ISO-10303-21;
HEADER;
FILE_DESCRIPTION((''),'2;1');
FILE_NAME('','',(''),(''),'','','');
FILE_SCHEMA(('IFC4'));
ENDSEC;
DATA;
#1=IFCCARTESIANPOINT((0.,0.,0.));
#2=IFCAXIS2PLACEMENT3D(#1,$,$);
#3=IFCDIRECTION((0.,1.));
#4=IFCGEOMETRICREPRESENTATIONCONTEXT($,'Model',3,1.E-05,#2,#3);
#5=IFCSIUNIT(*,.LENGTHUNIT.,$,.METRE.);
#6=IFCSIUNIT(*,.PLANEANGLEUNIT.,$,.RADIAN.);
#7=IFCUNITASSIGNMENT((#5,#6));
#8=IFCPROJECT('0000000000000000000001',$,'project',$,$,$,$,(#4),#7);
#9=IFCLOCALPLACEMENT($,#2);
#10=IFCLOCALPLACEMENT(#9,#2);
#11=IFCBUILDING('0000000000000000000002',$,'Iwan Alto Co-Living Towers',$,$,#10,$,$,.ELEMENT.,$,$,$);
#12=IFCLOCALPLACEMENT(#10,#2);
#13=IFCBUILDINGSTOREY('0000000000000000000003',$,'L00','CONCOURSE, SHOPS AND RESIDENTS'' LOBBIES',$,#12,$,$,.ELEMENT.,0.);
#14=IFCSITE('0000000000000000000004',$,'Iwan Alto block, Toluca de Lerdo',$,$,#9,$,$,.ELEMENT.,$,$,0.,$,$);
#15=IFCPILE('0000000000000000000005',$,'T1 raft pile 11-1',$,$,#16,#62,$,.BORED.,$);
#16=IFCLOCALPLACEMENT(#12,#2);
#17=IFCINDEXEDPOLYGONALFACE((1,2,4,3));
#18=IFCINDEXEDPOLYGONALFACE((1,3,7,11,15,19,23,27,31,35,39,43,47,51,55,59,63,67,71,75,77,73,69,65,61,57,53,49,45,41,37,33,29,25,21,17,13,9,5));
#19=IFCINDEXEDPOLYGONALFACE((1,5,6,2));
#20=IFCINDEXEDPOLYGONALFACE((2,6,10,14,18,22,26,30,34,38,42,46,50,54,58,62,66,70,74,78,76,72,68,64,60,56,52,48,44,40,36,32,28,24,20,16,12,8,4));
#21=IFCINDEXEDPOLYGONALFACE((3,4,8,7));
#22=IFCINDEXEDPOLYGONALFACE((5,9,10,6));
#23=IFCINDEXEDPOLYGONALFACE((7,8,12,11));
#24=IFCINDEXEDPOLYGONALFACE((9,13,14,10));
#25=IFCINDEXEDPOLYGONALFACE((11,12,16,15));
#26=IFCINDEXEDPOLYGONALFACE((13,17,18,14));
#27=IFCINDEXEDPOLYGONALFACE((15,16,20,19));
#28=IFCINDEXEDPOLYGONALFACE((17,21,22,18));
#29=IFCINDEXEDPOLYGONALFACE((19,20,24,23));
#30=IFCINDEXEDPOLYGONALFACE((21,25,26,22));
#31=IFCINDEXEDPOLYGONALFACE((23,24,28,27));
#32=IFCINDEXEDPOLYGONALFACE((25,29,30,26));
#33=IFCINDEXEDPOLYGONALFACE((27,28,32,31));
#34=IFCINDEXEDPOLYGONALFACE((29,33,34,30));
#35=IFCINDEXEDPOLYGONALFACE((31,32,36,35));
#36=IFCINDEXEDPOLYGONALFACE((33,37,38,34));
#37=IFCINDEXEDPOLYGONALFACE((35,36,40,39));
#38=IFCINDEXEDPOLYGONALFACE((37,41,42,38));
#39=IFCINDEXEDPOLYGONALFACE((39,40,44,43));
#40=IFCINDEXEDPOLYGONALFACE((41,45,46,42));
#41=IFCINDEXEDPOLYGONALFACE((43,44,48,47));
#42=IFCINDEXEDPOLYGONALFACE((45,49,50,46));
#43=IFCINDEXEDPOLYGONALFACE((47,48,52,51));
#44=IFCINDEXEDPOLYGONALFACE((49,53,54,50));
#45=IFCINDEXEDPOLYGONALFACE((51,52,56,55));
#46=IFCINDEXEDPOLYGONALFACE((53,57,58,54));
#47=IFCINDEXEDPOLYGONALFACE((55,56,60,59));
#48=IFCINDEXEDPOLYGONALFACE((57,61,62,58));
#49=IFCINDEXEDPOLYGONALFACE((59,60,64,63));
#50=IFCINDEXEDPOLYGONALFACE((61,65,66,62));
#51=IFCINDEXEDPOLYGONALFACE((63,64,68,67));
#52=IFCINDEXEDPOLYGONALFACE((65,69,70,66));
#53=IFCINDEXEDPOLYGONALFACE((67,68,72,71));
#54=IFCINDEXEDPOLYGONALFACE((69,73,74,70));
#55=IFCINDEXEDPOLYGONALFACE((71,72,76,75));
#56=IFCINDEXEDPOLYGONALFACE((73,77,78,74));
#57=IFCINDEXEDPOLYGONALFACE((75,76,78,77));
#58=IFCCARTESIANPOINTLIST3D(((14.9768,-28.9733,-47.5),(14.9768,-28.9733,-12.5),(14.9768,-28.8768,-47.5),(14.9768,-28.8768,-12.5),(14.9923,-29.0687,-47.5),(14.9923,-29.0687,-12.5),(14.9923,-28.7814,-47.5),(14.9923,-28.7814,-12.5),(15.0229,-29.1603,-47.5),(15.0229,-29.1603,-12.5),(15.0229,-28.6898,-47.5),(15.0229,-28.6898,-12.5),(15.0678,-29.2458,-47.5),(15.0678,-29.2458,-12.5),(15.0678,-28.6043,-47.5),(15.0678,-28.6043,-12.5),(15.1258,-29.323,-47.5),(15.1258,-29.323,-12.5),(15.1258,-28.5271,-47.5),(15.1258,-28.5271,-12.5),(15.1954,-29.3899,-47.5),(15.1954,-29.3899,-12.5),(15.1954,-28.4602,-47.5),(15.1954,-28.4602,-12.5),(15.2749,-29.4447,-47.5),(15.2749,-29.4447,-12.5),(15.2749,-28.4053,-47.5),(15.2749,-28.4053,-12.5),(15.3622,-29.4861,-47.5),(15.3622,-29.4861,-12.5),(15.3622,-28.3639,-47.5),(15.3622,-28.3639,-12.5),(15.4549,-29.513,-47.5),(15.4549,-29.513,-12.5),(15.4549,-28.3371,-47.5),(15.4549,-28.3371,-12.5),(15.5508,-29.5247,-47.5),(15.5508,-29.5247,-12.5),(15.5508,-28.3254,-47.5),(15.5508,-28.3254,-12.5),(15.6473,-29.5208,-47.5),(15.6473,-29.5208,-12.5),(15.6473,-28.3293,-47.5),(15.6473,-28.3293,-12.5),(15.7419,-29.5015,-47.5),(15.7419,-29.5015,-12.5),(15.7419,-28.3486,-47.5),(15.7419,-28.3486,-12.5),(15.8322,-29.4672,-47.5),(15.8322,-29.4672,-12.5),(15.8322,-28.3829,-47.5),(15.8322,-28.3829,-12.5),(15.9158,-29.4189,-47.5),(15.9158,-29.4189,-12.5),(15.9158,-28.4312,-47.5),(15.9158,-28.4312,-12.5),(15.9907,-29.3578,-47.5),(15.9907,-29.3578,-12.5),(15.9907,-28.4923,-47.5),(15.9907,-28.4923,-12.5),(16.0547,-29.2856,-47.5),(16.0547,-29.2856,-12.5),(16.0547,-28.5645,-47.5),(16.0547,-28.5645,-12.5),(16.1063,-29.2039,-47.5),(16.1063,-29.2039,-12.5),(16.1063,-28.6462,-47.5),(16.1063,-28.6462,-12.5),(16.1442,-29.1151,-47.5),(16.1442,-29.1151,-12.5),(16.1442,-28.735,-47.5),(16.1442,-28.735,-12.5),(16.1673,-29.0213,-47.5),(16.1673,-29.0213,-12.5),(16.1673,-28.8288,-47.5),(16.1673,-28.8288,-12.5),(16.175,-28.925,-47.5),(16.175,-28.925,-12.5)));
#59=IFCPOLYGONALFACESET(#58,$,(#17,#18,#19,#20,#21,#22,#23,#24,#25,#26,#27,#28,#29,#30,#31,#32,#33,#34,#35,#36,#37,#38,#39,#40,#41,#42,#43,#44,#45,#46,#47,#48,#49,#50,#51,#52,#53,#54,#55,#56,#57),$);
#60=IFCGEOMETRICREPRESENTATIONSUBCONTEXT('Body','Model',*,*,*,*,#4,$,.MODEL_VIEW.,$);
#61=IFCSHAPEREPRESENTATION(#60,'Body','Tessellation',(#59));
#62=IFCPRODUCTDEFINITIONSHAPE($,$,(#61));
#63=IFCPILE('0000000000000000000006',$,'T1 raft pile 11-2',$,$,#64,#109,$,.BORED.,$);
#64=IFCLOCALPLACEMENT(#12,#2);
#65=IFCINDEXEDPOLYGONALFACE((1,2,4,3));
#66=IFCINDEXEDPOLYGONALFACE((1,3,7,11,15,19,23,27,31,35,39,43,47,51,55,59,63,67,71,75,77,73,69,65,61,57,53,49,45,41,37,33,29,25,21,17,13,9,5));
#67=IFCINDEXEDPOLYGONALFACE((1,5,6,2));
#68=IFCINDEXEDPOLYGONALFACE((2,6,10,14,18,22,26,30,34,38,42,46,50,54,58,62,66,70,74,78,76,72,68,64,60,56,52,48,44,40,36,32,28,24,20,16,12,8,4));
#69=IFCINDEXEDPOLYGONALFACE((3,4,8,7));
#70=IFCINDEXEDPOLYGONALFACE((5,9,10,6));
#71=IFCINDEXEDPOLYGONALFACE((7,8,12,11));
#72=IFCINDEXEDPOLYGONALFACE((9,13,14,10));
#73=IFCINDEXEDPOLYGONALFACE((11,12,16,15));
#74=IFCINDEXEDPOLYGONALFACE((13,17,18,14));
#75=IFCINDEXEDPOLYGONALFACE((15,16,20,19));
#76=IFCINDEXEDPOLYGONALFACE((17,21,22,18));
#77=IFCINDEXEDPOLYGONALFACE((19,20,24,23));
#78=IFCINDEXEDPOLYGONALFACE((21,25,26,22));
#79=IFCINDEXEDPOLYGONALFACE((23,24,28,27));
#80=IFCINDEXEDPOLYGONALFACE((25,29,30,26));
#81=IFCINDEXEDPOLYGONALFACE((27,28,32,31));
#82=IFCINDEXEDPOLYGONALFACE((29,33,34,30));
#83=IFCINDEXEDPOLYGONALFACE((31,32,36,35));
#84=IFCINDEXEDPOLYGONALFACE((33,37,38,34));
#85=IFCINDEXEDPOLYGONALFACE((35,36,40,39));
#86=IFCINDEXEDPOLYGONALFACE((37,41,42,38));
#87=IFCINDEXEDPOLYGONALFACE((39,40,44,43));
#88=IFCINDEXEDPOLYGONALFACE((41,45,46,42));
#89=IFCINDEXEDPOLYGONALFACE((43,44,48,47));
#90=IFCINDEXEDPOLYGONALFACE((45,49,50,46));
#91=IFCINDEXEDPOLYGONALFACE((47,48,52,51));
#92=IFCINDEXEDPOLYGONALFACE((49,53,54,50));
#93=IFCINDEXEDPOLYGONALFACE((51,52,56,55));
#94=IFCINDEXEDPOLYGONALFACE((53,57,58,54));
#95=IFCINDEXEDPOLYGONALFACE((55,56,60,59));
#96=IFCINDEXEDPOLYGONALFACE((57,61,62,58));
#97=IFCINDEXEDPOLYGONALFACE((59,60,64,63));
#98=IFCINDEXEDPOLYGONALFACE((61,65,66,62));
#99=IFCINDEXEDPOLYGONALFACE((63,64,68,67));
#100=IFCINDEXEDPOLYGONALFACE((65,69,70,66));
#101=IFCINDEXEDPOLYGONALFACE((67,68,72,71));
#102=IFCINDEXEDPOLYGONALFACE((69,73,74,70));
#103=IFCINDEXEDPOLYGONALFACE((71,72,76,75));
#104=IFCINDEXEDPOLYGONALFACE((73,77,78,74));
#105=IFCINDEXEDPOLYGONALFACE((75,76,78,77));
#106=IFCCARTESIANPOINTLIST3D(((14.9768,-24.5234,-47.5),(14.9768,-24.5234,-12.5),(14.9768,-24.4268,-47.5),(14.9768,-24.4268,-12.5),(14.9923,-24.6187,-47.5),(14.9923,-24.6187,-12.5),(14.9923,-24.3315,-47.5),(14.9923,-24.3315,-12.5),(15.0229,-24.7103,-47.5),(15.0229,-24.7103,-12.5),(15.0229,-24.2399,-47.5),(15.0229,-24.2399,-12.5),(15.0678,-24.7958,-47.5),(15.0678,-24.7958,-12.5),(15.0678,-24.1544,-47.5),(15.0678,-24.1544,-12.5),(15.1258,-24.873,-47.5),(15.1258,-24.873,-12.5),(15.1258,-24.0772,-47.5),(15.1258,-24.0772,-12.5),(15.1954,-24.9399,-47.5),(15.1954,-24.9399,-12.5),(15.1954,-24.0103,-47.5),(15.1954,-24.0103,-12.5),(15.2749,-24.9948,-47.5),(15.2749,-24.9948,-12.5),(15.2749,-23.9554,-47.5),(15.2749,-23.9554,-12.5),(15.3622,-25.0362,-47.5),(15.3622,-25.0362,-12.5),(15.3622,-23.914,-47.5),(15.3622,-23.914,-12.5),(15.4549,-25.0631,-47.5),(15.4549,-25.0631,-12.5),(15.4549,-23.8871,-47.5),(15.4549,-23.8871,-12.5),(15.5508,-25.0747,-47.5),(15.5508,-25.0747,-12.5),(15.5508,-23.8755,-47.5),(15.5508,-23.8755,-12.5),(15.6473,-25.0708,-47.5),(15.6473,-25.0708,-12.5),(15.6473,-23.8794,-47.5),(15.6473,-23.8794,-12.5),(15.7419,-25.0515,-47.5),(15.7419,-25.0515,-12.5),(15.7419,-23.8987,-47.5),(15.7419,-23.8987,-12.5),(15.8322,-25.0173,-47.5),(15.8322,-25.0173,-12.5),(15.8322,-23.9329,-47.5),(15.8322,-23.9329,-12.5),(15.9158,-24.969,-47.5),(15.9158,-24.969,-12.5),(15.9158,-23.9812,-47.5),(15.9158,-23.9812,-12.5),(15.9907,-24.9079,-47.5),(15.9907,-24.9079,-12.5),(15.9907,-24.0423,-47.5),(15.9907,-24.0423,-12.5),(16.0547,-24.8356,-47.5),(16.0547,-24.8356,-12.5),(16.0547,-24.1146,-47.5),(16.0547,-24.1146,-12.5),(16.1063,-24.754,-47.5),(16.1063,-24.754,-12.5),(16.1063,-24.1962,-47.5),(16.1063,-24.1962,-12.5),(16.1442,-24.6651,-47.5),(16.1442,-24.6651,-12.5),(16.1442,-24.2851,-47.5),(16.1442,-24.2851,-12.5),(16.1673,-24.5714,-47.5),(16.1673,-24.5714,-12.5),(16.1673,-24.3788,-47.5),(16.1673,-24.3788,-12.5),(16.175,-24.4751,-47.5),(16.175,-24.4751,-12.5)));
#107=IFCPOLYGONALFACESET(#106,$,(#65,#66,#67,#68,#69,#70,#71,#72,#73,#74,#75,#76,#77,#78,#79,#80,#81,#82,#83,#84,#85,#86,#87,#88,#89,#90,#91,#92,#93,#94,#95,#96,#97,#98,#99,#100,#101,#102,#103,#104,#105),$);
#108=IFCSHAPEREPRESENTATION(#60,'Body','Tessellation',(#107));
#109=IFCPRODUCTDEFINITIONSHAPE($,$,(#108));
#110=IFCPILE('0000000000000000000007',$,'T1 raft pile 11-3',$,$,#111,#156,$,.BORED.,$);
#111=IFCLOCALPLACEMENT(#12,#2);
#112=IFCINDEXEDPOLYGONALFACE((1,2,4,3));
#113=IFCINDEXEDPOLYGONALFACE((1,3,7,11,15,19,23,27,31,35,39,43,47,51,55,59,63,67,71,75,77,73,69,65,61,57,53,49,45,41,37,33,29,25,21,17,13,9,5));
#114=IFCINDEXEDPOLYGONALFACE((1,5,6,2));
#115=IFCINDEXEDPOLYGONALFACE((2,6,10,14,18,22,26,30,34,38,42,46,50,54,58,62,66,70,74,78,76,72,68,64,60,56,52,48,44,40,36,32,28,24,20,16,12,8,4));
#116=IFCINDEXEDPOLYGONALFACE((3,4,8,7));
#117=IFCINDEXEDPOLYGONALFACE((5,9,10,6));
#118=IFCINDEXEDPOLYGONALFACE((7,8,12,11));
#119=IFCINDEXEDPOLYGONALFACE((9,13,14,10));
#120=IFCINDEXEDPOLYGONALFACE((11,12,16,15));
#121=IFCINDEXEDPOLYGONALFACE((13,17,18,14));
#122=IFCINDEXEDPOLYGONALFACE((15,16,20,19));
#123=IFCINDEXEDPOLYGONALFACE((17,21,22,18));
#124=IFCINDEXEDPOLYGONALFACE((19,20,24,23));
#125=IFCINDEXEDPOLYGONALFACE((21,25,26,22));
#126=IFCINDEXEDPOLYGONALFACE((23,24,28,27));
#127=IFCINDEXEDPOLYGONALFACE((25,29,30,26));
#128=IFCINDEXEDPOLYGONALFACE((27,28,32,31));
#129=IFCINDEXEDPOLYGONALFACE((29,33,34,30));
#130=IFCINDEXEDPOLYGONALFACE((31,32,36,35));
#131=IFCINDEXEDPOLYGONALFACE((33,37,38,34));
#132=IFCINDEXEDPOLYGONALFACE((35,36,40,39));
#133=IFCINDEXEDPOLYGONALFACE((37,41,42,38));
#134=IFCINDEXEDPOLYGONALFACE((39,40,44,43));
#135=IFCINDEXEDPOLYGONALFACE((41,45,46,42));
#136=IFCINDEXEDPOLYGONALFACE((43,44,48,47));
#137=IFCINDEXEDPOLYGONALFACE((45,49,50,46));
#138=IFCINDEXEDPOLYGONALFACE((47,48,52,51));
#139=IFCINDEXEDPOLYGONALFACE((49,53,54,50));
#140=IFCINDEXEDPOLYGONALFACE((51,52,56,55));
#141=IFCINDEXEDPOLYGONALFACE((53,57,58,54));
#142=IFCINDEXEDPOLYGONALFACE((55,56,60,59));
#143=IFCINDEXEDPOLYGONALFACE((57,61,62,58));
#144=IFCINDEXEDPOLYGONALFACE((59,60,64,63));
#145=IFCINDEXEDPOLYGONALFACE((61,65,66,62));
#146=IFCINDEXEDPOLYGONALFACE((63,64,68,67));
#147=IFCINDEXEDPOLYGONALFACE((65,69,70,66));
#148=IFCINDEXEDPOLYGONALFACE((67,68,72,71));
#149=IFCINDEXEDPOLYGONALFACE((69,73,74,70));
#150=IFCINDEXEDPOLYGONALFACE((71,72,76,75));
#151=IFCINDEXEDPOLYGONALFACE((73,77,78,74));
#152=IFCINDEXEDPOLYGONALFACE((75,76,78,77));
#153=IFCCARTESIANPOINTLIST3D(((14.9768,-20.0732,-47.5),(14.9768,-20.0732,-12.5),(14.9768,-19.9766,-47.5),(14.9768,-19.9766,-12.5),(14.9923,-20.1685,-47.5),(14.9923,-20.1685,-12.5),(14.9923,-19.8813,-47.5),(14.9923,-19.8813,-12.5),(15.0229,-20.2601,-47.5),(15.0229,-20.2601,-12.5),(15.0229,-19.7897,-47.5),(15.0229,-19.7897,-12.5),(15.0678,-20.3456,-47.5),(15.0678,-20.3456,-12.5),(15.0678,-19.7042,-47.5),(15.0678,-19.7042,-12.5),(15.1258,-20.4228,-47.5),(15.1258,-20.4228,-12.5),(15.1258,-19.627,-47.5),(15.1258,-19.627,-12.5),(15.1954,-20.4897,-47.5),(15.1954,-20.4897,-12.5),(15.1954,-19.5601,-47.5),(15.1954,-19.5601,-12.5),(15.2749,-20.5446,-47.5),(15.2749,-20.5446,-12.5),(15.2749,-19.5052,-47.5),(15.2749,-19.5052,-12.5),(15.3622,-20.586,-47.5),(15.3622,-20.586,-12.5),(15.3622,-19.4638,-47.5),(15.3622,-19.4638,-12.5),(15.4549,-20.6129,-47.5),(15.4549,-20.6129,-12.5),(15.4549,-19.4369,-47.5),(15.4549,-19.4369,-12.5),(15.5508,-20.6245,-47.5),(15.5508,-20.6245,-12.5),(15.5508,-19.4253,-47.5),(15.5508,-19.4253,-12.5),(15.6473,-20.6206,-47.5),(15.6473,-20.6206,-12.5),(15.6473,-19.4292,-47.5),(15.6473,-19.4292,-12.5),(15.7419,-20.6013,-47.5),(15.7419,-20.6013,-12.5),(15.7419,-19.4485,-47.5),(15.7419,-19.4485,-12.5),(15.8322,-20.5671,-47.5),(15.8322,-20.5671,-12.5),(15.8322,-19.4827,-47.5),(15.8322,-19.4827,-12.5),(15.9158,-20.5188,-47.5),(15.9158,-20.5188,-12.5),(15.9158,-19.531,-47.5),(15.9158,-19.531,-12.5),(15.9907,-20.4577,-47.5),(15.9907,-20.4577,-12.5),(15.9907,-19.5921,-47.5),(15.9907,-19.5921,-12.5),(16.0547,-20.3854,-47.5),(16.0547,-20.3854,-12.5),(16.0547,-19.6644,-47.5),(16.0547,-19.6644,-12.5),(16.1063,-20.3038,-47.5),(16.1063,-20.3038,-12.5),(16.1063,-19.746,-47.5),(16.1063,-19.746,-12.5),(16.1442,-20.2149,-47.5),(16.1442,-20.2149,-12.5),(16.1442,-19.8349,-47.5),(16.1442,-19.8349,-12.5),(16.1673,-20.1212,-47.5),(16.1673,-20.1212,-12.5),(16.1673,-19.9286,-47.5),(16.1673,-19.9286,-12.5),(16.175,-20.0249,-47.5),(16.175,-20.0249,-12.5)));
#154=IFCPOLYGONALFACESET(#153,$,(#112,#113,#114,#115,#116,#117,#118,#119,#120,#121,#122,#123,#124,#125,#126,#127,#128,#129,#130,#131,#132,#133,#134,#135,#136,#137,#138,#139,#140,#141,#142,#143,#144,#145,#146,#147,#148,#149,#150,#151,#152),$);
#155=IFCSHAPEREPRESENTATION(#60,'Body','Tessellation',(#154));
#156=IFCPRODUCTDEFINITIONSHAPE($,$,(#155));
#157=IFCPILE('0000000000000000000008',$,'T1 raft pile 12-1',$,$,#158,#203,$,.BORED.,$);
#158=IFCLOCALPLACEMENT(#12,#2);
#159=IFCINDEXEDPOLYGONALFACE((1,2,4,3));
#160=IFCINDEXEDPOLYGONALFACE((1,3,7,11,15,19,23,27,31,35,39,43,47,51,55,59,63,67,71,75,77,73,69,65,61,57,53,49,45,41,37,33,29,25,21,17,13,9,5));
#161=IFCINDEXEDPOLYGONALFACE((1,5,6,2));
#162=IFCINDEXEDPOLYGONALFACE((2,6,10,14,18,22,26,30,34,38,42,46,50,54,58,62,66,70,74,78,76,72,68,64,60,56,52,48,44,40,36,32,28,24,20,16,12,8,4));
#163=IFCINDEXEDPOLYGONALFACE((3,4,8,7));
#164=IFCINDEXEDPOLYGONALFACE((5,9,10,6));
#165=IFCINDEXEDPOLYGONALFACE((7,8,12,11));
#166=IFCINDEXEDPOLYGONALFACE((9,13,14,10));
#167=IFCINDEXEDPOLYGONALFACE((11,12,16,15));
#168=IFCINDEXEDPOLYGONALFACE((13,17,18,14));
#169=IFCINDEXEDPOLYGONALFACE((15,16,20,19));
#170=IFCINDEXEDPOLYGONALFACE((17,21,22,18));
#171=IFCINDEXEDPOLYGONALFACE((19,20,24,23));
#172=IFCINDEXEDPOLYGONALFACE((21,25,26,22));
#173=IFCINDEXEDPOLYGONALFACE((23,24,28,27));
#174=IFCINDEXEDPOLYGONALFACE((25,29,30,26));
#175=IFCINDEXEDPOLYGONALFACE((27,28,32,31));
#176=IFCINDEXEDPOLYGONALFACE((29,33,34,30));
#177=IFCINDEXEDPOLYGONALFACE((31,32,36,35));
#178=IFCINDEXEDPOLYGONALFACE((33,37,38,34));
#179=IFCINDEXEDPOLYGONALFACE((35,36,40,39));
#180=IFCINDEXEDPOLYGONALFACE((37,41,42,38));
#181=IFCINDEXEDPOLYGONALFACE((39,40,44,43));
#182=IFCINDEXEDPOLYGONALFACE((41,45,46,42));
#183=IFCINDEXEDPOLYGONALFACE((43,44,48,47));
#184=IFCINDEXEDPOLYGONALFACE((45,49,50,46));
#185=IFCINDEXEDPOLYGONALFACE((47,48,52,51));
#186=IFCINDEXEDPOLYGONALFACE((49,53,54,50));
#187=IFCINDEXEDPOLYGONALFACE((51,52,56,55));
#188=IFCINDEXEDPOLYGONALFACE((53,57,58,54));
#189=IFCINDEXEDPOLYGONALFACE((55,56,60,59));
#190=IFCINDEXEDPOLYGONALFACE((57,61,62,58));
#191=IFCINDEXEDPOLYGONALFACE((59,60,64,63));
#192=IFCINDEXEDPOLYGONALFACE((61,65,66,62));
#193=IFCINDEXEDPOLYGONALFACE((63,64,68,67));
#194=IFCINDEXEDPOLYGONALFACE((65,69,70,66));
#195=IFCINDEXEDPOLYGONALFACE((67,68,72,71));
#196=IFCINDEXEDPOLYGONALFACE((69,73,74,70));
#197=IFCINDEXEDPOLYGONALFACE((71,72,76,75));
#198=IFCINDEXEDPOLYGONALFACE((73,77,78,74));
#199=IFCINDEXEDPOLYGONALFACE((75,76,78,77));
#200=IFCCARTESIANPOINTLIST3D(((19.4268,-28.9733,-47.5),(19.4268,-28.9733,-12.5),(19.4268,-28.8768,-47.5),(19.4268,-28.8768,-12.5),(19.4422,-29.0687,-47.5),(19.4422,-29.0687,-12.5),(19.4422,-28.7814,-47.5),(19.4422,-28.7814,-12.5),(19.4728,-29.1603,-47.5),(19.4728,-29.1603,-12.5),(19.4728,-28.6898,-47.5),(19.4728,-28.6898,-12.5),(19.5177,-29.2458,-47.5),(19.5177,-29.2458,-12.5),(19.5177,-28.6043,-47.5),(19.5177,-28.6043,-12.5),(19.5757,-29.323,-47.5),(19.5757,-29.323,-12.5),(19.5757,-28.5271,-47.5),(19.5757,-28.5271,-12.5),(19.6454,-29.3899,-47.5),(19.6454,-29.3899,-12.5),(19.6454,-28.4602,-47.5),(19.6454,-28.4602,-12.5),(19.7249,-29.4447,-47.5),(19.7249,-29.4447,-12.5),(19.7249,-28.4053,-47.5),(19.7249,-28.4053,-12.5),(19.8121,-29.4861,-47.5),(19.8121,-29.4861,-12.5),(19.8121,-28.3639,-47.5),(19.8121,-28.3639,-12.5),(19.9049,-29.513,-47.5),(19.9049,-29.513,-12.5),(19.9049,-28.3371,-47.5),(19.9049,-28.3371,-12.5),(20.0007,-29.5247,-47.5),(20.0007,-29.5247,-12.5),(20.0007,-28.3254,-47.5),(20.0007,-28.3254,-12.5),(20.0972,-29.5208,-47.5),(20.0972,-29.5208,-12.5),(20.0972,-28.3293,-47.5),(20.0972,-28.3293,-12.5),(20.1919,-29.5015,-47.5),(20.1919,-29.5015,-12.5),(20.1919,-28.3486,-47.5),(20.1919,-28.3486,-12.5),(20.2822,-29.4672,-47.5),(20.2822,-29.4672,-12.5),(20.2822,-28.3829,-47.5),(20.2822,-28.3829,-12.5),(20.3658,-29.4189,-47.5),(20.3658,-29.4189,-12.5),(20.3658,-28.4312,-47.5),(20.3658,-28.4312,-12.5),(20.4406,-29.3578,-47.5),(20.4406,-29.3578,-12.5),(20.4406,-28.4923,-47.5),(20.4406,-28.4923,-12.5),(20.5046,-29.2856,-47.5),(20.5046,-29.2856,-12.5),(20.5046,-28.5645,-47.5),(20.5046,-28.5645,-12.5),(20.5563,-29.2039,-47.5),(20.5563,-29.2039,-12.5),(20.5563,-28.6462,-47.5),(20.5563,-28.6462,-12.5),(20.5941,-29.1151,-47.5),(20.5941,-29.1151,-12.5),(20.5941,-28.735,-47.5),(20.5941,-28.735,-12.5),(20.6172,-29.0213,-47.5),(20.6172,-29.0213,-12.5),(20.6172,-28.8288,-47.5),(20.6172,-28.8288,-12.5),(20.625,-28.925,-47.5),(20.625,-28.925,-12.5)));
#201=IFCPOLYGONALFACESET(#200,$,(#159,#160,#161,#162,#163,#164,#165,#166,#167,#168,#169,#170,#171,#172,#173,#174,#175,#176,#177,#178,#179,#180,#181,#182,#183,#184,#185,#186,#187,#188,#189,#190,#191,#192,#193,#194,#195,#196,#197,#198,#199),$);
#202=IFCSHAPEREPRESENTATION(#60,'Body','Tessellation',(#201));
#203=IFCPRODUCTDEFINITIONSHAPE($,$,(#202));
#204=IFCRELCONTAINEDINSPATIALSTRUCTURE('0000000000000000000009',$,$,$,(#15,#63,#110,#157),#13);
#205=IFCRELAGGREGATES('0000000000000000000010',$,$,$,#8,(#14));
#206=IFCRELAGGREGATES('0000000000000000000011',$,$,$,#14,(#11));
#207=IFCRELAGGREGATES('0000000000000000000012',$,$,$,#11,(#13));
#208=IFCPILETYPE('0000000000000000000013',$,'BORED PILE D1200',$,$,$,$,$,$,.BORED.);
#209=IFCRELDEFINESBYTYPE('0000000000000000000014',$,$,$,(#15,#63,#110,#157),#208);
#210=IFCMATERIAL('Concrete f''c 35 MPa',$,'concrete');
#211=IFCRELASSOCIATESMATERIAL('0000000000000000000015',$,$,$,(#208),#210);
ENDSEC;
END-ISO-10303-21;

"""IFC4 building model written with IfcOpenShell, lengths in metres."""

from ifc_helpers import new_model, si_unit, direction, frame, origin, origin_2d, place, context, subcontext, project, spatial, circle, extrude, material, material_profile, profile_set, type_object, element, save


model = new_model("IFC4")

# Units and contexts
model_context = context("Model", 3, precision=1e-05, world=origin(), true_north=direction((0.0, 1.0)))
body_context = subcontext(model_context, "Body", "Model", "MODEL_VIEW")
ifc_project = project(units=[si_unit("LENGTHUNIT", "METRE"), si_unit("PLANEANGLEUNIT", "RADIAN")], contexts=[model_context])

# Site, building, storey
site_placement = place(None, origin())
site = spatial("IfcSite", under=ifc_project, at=site_placement, Name="Iwan Alto block, Toluca de Lerdo", CompositionType="ELEMENT", RefElevation=0.0)
building_placement = place(site_placement, origin())
building = spatial("IfcBuilding", under=site, at=building_placement, Name="Iwan Alto Co-Living Towers", CompositionType="ELEMENT")
storey_placement = place(building_placement, origin())
storey = spatial("IfcBuildingStorey", under=building, at=storey_placement, Name="L00", Description="CONCOURSE, SHOPS AND RESIDENTS' LOBBIES", CompositionType="ELEMENT", Elevation=0.0)

# Piles
ifc_material_1 = material(Name="Concrete f'c 35 MPa", Category="concrete")
ifc_material_profile_1 = material_profile(ifc_material_1, circle(Radius=0.6001, at=origin_2d()), Name="D1200")
ifc_profile_set_1 = profile_set([ifc_material_profile_1], Name="Concrete f'c 35 MPa")
pile_type_1 = type_object("IfcPileType", Name="BORED PILE D1200", PredefinedType="BORED", material=ifc_profile_set_1)
for number, where, z_axis, x_axis, name in (
    (1, (15.575, -28.925, -12.5), (0.0, 0.0, -1.0), (1.0, 0.0, 0.0), "T1 raft pile 11-1"),
    (2, (15.575, -24.4751, -12.5), (0.0, 0.0, -1.0), (1.0, 0.0, 0.0), "T1 raft pile 11-2"),
    (3, (15.575, -20.0249, -12.5), (0.0, 0.0, -1.0), (1.0, 0.0, 0.0), "T1 raft pile 11-3"),
    (4, (20.0249, -28.925, -12.5), (0.0, 0.0, -1.0), (1.0, 0.0, 0.0), "T1 raft pile 12-1"),
):
    element("IfcPile", number, at=place(storey_placement, frame(where, z_axis=z_axis, x_axis=x_axis)), inside=storey, type_object=pile_type_1, Name=name, PredefinedType="BORED", context=body_context, shape_type="SweptSolid", body=[
        extrude(circle(Radius=0.6001, at=origin_2d()), origin(), (0.0, 0.0, 1.0), 35.0),
    ])

save(model, "model.ifc")
